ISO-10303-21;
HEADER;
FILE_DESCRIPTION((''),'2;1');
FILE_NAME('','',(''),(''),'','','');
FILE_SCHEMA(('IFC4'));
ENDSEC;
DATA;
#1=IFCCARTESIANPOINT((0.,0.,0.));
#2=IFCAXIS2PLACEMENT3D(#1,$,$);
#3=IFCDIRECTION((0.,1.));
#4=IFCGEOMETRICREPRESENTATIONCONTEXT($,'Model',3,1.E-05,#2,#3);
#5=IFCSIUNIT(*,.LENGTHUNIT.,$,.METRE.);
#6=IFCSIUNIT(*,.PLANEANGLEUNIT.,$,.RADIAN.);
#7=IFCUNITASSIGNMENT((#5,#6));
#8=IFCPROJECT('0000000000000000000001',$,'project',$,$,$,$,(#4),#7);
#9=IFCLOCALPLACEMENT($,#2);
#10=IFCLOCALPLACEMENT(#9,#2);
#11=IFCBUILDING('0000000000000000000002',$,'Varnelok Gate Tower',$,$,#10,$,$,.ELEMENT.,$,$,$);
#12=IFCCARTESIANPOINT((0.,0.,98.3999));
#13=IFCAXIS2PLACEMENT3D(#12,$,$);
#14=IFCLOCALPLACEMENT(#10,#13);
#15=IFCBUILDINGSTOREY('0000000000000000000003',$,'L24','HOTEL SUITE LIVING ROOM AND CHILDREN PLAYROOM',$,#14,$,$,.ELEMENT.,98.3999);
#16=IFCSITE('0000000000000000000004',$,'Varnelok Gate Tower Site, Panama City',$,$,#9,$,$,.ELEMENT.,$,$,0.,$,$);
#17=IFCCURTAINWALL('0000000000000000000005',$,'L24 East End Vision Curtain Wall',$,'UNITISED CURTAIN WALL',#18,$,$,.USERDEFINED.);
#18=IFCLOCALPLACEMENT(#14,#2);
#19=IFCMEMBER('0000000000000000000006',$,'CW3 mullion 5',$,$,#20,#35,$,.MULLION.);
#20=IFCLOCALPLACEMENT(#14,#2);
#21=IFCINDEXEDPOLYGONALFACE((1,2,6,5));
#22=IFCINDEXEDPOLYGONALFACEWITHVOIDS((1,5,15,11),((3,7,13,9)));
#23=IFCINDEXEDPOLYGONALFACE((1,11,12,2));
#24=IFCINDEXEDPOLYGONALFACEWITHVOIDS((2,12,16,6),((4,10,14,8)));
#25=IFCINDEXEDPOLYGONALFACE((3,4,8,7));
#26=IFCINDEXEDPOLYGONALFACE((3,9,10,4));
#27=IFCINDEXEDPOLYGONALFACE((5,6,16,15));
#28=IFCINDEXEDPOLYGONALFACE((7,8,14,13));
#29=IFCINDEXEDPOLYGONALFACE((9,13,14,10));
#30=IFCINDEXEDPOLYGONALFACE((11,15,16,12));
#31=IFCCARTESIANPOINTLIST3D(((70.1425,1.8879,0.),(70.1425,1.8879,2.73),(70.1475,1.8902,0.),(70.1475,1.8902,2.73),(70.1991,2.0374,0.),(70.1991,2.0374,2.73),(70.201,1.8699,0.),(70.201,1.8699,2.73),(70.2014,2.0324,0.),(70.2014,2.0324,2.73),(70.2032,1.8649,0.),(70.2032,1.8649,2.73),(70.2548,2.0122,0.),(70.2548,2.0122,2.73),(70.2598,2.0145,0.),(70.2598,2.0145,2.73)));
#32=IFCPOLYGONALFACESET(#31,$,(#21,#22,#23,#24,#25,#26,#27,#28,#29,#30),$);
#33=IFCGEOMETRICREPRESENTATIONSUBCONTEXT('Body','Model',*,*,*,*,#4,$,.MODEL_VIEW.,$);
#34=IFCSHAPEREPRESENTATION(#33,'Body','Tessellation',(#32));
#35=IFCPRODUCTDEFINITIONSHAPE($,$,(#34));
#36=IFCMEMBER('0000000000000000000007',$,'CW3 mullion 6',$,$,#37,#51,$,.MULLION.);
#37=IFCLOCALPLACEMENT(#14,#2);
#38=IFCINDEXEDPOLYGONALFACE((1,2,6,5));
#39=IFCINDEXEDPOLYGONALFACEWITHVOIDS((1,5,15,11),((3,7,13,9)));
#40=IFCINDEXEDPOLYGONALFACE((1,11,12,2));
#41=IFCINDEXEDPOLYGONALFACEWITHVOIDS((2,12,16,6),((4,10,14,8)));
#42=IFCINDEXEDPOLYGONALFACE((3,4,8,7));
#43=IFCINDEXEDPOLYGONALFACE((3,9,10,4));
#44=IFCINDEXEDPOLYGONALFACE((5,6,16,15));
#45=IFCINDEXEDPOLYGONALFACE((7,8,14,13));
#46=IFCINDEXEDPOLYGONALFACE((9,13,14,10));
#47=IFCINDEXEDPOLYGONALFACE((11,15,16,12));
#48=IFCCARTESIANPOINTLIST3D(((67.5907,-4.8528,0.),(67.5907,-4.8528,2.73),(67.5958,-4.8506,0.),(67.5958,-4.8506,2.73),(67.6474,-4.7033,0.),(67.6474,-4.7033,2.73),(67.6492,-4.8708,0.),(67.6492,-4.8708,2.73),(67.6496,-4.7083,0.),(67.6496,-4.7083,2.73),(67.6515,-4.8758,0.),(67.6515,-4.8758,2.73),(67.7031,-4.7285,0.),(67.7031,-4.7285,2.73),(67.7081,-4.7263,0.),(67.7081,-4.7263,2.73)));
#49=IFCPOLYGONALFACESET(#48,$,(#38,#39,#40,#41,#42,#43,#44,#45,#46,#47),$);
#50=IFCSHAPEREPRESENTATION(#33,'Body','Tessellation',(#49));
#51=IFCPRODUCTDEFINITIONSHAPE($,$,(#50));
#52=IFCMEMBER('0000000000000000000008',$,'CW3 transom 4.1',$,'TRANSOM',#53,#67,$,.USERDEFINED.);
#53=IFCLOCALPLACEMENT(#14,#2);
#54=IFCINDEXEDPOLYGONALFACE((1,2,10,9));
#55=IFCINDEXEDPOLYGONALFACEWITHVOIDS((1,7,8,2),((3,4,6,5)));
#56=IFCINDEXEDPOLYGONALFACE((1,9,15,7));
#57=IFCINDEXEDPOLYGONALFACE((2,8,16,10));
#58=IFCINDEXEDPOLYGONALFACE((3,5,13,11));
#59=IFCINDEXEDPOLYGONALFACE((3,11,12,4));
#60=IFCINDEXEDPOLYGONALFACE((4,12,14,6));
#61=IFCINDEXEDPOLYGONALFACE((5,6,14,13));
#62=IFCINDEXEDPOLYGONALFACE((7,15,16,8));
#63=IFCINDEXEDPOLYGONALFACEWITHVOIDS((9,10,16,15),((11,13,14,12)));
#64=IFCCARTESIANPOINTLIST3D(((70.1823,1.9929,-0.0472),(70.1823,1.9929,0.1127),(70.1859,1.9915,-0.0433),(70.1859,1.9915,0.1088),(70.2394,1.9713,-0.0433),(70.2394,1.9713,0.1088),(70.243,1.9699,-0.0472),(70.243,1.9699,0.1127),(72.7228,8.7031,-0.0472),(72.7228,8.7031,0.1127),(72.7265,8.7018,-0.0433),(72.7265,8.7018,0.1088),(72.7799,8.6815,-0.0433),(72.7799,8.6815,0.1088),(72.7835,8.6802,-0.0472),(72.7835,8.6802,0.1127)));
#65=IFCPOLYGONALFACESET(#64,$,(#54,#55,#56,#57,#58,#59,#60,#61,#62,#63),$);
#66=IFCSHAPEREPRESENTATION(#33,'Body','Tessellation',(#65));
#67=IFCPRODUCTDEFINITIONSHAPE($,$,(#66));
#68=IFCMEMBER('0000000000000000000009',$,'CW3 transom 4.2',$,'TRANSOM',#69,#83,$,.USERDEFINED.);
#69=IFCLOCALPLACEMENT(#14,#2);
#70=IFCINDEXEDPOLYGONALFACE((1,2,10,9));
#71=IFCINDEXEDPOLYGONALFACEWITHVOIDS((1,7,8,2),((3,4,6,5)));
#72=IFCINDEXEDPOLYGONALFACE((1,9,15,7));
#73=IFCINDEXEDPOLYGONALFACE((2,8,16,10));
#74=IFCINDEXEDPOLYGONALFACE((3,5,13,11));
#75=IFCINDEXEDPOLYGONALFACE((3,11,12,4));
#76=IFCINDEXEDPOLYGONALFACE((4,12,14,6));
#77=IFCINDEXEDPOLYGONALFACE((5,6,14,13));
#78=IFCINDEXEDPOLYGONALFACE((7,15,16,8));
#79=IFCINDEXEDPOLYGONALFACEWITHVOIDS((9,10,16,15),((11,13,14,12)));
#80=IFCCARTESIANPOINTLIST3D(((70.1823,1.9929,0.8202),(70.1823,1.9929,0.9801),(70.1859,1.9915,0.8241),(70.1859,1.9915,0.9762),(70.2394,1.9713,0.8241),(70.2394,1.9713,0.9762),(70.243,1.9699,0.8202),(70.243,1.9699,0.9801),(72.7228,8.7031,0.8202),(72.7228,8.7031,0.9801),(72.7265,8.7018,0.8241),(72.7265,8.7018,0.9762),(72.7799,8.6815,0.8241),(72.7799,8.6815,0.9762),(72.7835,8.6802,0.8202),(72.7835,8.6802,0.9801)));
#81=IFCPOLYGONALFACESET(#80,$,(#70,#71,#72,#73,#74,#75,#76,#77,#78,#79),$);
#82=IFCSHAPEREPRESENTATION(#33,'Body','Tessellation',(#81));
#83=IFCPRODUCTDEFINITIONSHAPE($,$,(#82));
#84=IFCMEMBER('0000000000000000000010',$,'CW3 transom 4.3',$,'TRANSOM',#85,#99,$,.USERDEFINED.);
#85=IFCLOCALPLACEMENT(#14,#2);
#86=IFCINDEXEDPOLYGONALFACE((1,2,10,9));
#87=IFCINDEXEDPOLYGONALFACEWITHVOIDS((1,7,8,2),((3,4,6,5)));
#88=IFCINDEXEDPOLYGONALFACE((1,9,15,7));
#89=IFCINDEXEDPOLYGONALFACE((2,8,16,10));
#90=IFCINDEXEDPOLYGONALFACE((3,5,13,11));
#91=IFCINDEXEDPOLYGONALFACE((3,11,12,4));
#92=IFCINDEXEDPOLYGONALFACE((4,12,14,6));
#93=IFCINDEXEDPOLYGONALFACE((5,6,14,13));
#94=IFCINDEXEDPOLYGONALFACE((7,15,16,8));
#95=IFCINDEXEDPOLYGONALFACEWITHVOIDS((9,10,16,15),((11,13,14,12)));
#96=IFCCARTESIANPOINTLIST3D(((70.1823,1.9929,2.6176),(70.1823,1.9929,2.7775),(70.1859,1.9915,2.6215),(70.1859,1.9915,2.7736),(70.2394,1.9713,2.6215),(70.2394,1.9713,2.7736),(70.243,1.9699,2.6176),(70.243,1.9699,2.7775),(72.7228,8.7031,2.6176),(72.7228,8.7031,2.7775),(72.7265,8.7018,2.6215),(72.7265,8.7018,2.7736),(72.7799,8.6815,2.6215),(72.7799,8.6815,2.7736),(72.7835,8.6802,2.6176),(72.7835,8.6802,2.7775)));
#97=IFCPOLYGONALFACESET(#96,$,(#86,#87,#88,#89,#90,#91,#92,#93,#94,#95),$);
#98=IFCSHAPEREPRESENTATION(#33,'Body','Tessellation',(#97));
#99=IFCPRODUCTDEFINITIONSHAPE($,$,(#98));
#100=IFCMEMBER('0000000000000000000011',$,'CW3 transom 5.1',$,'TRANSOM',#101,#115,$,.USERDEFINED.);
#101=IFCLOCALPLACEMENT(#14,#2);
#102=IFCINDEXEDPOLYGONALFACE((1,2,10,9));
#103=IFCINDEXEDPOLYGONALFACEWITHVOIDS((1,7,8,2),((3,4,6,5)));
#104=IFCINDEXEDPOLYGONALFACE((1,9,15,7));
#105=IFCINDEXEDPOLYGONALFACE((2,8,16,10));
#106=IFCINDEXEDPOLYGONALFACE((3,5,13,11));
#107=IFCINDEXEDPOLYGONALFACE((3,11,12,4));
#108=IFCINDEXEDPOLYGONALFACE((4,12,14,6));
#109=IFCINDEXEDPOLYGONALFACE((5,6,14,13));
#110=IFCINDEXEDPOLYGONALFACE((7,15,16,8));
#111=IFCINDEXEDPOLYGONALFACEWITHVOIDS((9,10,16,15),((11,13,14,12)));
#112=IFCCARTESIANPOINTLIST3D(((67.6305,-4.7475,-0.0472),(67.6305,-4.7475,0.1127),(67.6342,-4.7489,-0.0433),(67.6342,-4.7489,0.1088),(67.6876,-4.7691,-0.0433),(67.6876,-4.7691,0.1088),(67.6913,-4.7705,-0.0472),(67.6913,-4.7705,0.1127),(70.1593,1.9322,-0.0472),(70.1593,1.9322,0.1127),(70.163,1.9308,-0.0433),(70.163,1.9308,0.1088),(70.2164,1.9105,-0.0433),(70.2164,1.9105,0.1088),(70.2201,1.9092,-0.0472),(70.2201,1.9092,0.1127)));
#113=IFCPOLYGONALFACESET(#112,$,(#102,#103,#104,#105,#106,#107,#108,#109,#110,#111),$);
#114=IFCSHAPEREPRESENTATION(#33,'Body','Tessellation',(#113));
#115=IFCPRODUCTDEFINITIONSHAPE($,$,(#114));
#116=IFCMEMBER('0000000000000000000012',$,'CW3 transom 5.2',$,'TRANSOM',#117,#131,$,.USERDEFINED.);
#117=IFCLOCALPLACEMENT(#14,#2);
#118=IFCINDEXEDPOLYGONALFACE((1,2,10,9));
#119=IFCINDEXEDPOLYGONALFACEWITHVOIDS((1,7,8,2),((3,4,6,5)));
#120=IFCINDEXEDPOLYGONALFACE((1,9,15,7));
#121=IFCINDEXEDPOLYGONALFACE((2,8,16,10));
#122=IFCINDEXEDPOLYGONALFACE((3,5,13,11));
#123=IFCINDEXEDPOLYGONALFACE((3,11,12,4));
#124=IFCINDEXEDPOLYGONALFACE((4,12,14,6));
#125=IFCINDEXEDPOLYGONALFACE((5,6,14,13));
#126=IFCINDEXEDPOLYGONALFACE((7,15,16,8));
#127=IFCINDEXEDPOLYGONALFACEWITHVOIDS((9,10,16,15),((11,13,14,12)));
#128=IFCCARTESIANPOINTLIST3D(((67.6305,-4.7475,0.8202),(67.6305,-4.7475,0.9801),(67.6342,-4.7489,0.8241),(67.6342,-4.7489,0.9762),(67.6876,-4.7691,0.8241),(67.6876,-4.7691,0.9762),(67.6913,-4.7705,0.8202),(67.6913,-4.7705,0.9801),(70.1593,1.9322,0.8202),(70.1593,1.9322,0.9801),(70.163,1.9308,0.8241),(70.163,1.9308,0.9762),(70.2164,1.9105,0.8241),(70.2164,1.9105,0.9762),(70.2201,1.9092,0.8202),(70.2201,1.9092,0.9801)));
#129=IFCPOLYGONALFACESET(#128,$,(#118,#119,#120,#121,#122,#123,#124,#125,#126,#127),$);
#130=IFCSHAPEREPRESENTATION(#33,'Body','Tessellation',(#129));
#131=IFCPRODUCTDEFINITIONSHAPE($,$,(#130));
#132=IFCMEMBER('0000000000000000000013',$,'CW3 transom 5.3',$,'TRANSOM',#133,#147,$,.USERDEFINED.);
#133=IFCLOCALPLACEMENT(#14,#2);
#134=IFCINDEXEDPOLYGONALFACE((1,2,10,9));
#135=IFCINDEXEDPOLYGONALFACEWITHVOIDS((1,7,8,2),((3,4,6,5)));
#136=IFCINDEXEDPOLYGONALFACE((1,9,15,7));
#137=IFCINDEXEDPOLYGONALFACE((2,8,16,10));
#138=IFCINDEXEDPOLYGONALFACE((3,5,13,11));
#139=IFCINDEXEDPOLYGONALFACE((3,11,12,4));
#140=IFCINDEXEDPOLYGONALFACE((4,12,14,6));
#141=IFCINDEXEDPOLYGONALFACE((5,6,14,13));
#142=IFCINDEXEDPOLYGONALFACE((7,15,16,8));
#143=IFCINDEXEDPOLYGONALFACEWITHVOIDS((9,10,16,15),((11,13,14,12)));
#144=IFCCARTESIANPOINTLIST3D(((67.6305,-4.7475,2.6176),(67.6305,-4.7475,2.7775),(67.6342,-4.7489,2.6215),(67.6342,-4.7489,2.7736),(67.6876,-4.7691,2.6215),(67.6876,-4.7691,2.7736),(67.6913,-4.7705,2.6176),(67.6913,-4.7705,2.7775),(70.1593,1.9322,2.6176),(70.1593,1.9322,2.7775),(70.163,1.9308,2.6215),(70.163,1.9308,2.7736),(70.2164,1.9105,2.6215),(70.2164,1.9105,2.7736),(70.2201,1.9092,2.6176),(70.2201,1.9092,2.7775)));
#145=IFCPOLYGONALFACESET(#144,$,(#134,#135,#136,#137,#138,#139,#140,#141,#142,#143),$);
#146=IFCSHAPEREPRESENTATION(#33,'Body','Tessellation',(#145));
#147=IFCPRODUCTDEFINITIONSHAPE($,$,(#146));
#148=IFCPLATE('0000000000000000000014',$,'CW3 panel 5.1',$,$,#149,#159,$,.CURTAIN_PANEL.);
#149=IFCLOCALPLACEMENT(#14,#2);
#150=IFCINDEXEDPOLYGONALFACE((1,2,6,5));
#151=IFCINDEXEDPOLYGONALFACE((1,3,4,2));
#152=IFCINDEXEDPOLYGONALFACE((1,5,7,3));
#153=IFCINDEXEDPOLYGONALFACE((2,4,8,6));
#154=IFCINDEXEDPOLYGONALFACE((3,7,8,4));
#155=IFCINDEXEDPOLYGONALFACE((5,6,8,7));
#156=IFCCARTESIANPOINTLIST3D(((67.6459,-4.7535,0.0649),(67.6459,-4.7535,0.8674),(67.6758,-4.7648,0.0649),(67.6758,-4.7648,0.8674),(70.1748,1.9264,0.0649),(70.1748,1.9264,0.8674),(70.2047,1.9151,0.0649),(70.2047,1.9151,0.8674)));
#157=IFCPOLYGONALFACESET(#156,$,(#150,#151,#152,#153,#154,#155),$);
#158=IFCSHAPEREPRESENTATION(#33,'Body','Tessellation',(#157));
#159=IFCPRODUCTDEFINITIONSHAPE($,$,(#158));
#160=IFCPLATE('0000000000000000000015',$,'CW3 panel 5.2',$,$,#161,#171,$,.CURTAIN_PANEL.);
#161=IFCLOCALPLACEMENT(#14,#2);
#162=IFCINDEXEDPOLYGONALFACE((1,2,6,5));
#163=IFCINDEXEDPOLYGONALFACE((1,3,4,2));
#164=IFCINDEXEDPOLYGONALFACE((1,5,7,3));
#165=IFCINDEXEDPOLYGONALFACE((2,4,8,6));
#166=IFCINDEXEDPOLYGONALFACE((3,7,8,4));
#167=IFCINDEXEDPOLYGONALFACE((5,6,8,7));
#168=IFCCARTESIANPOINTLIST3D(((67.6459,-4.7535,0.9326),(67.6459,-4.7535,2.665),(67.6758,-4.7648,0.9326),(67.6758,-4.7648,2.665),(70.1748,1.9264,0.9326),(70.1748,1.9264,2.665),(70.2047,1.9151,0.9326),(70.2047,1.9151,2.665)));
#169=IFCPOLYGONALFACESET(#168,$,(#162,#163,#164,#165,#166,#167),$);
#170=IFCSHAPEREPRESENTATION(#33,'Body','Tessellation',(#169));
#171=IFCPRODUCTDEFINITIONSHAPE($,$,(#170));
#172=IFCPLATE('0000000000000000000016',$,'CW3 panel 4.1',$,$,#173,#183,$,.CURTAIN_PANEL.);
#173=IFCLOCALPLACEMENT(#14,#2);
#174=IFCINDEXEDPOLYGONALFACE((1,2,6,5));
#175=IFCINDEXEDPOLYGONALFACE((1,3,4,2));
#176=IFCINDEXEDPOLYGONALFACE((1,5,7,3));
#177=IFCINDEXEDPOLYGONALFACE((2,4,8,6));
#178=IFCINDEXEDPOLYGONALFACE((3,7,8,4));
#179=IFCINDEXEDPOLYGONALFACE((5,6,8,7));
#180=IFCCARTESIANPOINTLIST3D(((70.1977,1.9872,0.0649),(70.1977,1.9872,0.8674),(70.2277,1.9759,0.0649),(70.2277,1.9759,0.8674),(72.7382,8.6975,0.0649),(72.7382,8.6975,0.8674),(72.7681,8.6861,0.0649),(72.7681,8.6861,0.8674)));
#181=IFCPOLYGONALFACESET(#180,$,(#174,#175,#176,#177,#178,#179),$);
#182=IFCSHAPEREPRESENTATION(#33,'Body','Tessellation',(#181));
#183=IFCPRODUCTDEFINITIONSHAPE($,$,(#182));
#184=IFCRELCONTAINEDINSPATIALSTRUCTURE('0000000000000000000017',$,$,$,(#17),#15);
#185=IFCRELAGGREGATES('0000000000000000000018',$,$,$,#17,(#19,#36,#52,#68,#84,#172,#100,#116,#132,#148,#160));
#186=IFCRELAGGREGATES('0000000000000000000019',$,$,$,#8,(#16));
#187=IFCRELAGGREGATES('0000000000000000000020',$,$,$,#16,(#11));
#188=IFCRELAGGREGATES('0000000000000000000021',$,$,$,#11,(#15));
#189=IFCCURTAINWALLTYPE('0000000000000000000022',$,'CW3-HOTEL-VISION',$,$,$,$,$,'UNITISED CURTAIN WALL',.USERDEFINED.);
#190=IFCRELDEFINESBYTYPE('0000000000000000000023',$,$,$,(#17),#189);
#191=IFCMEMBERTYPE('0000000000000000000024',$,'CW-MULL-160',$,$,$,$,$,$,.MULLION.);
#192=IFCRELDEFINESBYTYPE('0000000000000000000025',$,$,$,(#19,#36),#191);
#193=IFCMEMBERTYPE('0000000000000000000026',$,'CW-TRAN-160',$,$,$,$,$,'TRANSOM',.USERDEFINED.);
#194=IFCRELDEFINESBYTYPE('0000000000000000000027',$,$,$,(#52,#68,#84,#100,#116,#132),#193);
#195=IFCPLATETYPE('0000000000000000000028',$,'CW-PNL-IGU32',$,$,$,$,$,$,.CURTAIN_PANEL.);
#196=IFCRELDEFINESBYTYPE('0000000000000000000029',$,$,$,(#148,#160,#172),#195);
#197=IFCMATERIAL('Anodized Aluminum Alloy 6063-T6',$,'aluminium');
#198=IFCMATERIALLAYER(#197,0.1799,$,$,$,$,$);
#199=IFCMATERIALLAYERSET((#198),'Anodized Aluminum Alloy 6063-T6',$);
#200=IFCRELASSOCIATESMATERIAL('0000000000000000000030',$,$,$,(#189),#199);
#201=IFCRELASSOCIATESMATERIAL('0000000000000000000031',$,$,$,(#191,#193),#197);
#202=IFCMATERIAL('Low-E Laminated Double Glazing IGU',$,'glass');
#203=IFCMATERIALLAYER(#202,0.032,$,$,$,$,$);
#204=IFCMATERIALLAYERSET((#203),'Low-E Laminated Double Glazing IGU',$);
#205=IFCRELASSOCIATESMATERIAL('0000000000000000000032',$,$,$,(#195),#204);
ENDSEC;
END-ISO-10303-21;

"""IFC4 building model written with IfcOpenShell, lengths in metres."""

from ifc_helpers import new_model, si_unit, direction, frame, origin, origin_2d, place, context, subcontext, project, spatial, rectangle, hollow_rectangle, extrude, source, transform, mapped, material, layer, layer_set, material_profile, profile_set, type_object, element, aggregate, save


model = new_model("IFC4")

# Units and contexts
model_context = context("Model", 3, precision=1e-05, world=origin(), true_north=direction((0.0, 1.0)))
body_context = subcontext(model_context, "Body", "Model", "MODEL_VIEW")
ifc_project = project(units=[si_unit("LENGTHUNIT", "METRE"), si_unit("PLANEANGLEUNIT", "RADIAN")], contexts=[model_context])

# Site, building, storey
site_placement = place(None, origin())
site = spatial("IfcSite", under=ifc_project, at=site_placement, Name="Varnelok Gate Tower Site, Panama City", CompositionType="ELEMENT", RefElevation=0.0)
building_placement = place(site_placement, origin())
building = spatial("IfcBuilding", under=site, at=building_placement, Name="Varnelok Gate Tower", CompositionType="ELEMENT")
storey_placement = place(building_placement, frame((0.0, 0.0, 98.3999)))
storey = spatial("IfcBuildingStorey", under=building, at=storey_placement, Name="L24", Description="HOTEL SUITE LIVING ROOM AND CHILDREN PLAYROOM", CompositionType="ELEMENT", Elevation=98.3999)

# Curtain wall, members, plates
ifc_material_1 = material(Name="Anodized Aluminum Alloy 6063-T6", Category="aluminium")
ifc_layer_1 = layer(ifc_material_1, 0.1799)
ifc_layer_set_1 = layer_set([ifc_layer_1], Name="Anodized Aluminum Alloy 6063-T6")
curtain_wall_type = type_object("IfcCurtainWallType", Name="CW3-HOTEL-VISION", ElementType="UNITISED CURTAIN WALL", PredefinedType="USERDEFINED", material=ifc_layer_set_1)
curtain_wall_placement = place(storey_placement, origin())
curtain_wall = element("IfcCurtainWall", 1, at=curtain_wall_placement, inside=storey, type_object=curtain_wall_type, Name="L24 East End Vision Curtain Wall", ObjectType="UNITISED CURTAIN WALL", PredefinedType="USERDEFINED")
ifc_material_profile_1 = material_profile(ifc_material_1, hollow_rectangle(XDim=0.0649, YDim=0.1599, WallThickness=0.0039, at=origin_2d()), Name="ALU160X65X4")
ifc_profile_set_1 = profile_set([ifc_material_profile_1], Name="Anodized Aluminum Alloy 6063-T6")
member_type_1 = type_object("IfcMemberType", Name="CW-MULL-160", PredefinedType="MULLION", material=ifc_profile_set_1)
member_1_placement = place(storey_placement, frame((70.2012, 1.9512, 0.0), z_axis=(0.0, 0.0, 1.0), x_axis=(0.935221, -0.354064, 0.0)))
member_1 = element("IfcMember", 2, at=member_1_placement, type_object=member_type_1, Name="CW3 mullion 5", PredefinedType="MULLION", context=body_context, shape_type="SweptSolid", body=[
    extrude(hollow_rectangle(XDim=0.0649, YDim=0.1599, WallThickness=0.0039, at=origin_2d()), origin(), (0.0, 0.0, 1.0), 2.73),
])
member_2_placement = place(storey_placement, frame((67.6494, -4.7896, 0.0), z_axis=(0.0, 0.0, 1.0), x_axis=(0.935221, -0.354064, 0.0)))
member_2 = element("IfcMember", 3, at=member_2_placement, type_object=member_type_1, Name="CW3 mullion 6", PredefinedType="MULLION", context=body_context, shape_type="SweptSolid", body=[
    extrude(hollow_rectangle(XDim=0.0649, YDim=0.1599, WallThickness=0.0039, at=origin_2d()), origin(), (0.0, 0.0, 1.0), 2.73),
])
ifc_material_profile_2 = material_profile(ifc_material_1, hollow_rectangle(XDim=0.0649, YDim=0.1599, WallThickness=0.0039, at=origin_2d()), Name="ALU160X65X4")
ifc_profile_set_2 = profile_set([ifc_material_profile_2], Name="Anodized Aluminum Alloy 6063-T6")
member_type_2 = type_object("IfcMemberType", Name="CW-TRAN-160", ElementType="TRANSOM", PredefinedType="USERDEFINED", material=ifc_profile_set_2)
member_3_placement = place(storey_placement, frame((72.7532, 8.6917, 0.0327), z_axis=(-0.354079, -0.935216, 0.0), x_axis=(0.935216, -0.354079, 0.0)))
member_3 = element("IfcMember", 4, at=member_3_placement, type_object=member_type_2, Name="CW3 transom 4.1", ObjectType="TRANSOM", PredefinedType="USERDEFINED", context=body_context, shape_type="SweptSolid", body=[
    extrude(hollow_rectangle(XDim=0.0649, YDim=0.1599, WallThickness=0.0039, at=origin_2d()), origin(), (0.0, 0.0, 1.0), 7.175),
])
member_4_placement = place(storey_placement, frame((72.7532, 8.6917, 0.9001), z_axis=(-0.354079, -0.935216, 0.0), x_axis=(0.935216, -0.354079, 0.0)))
member_4 = element("IfcMember", 5, at=member_4_placement, type_object=member_type_2, Name="CW3 transom 4.2", ObjectType="TRANSOM", PredefinedType="USERDEFINED", context=body_context, shape_type="SweptSolid", body=[
    extrude(hollow_rectangle(XDim=0.0649, YDim=0.1599, WallThickness=0.0039, at=origin_2d()), origin(), (0.0, 0.0, 1.0), 7.175),
])
member_5_placement = place(storey_placement, frame((72.7532, 8.6917, 2.6975), z_axis=(-0.354079, -0.935216, 0.0), x_axis=(0.935216, -0.354079, 0.0)))
member_5 = element("IfcMember", 6, at=member_5_placement, type_object=member_type_2, Name="CW3 transom 4.3", ObjectType="TRANSOM", PredefinedType="USERDEFINED", context=body_context, shape_type="SweptSolid", body=[
    extrude(hollow_rectangle(XDim=0.0649, YDim=0.1599, WallThickness=0.0039, at=origin_2d()), origin(), (0.0, 0.0, 1.0), 7.175),
])
member_6_placement = place(storey_placement, frame((70.1897, 1.9207, 0.0327), z_axis=(-0.354059, -0.935223, 0.0), x_axis=(0.935223, -0.354059, 0.0)))
member_6 = element("IfcMember", 7, at=member_6_placement, type_object=member_type_2, Name="CW3 transom 5.1", ObjectType="TRANSOM", PredefinedType="USERDEFINED", context=body_context, shape_type="SweptSolid", body=[
    extrude(hollow_rectangle(XDim=0.0649, YDim=0.1599, WallThickness=0.0039, at=origin_2d()), origin(), (0.0, 0.0, 1.0), 7.1423),
])
member_7_placement = place(storey_placement, frame((70.1897, 1.9207, 0.9001), z_axis=(-0.354059, -0.935223, 0.0), x_axis=(0.935223, -0.354059, 0.0)))
member_7 = element("IfcMember", 8, at=member_7_placement, type_object=member_type_2, Name="CW3 transom 5.2", ObjectType="TRANSOM", PredefinedType="USERDEFINED", context=body_context, shape_type="SweptSolid", body=[
    extrude(hollow_rectangle(XDim=0.0649, YDim=0.1599, WallThickness=0.0039, at=origin_2d()), origin(), (0.0, 0.0, 1.0), 7.1423),
])
member_8_placement = place(storey_placement, frame((70.1897, 1.9207, 2.6975), z_axis=(-0.354059, -0.935223, 0.0), x_axis=(0.935223, -0.354059, 0.0)))
member_8 = element("IfcMember", 9, at=member_8_placement, type_object=member_type_2, Name="CW3 transom 5.3", ObjectType="TRANSOM", PredefinedType="USERDEFINED", context=body_context, shape_type="SweptSolid", body=[
    extrude(hollow_rectangle(XDim=0.0649, YDim=0.1599, WallThickness=0.0039, at=origin_2d()), origin(), (0.0, 0.0, 1.0), 7.1423),
])
ifc_material_2 = material(Name="Low-E Laminated Double Glazing IGU", Category="glass")
ifc_layer_2 = layer(ifc_material_2, 0.032)
ifc_layer_set_2 = layer_set([ifc_layer_2], Name="Low-E Laminated Double Glazing IGU")
plate_type = type_object("IfcPlateType", Name="CW-PNL-IGU32", PredefinedType="CURTAIN_PANEL", material=ifc_layer_set_2)
shared_shape_1 = source(origin(), body_context, "Body", "SweptSolid", [
    extrude(rectangle(XDim=7.1426, YDim=0.032, at=origin_2d()), origin(), (0.0, 0.0, 1.0), 0.8025),
])
plate_1_placement = place(storey_placement, frame((68.9253, -1.4192, 0.0649), z_axis=(0.0, 0.0, 1.0), x_axis=(-0.354064, -0.935221, 0.0)))
plate_1 = element("IfcPlate", 10, at=plate_1_placement, type_object=plate_type, Name="CW3 panel 5.1", PredefinedType="CURTAIN_PANEL", context=body_context, shape_type="MappedRepresentation", body=[
    mapped(shared_shape_1, transform((0.0, 0.0, 0.0), scale=1.0)),
])
shared_shape_2 = source(origin(), body_context, "Body", "SweptSolid", [
    extrude(rectangle(XDim=7.1426, YDim=0.032, at=origin_2d()), origin(), (0.0, 0.0, 1.0), 1.7324),
])
plate_2_placement = place(storey_placement, frame((68.9253, -1.4192, 0.9326), z_axis=(0.0, 0.0, 1.0), x_axis=(-0.354064, -0.935221, 0.0)))
plate_2 = element("IfcPlate", 11, at=plate_2_placement, type_object=plate_type, Name="CW3 panel 5.2", PredefinedType="CURTAIN_PANEL", context=body_context, shape_type="MappedRepresentation", body=[
    mapped(shared_shape_2, transform((0.0, 0.0, 0.0), scale=1.0)),
])
shared_shape_3 = source(origin(), body_context, "Body", "SweptSolid", [
    extrude(rectangle(XDim=7.175, YDim=0.032, at=origin_2d()), origin(), (0.0, 0.0, 1.0), 0.8025),
])
plate_3_placement = place(storey_placement, frame((71.4829, 5.3367, 0.0649), z_axis=(0.0, 0.0, 1.0), x_axis=(-0.354064, -0.935221, 0.0)))
plate_3 = element("IfcPlate", 12, at=plate_3_placement, type_object=plate_type, Name="CW3 panel 4.1", PredefinedType="CURTAIN_PANEL", context=body_context, shape_type="MappedRepresentation", body=[
    mapped(shared_shape_3, transform((0.0, 0.0, 0.0), scale=1.0)),
])
aggregate(curtain_wall, [member_1, member_2, member_3, member_4, member_5, plate_3, member_6, member_7, member_8, plate_1, plate_2])

save(model, "model.ifc")
